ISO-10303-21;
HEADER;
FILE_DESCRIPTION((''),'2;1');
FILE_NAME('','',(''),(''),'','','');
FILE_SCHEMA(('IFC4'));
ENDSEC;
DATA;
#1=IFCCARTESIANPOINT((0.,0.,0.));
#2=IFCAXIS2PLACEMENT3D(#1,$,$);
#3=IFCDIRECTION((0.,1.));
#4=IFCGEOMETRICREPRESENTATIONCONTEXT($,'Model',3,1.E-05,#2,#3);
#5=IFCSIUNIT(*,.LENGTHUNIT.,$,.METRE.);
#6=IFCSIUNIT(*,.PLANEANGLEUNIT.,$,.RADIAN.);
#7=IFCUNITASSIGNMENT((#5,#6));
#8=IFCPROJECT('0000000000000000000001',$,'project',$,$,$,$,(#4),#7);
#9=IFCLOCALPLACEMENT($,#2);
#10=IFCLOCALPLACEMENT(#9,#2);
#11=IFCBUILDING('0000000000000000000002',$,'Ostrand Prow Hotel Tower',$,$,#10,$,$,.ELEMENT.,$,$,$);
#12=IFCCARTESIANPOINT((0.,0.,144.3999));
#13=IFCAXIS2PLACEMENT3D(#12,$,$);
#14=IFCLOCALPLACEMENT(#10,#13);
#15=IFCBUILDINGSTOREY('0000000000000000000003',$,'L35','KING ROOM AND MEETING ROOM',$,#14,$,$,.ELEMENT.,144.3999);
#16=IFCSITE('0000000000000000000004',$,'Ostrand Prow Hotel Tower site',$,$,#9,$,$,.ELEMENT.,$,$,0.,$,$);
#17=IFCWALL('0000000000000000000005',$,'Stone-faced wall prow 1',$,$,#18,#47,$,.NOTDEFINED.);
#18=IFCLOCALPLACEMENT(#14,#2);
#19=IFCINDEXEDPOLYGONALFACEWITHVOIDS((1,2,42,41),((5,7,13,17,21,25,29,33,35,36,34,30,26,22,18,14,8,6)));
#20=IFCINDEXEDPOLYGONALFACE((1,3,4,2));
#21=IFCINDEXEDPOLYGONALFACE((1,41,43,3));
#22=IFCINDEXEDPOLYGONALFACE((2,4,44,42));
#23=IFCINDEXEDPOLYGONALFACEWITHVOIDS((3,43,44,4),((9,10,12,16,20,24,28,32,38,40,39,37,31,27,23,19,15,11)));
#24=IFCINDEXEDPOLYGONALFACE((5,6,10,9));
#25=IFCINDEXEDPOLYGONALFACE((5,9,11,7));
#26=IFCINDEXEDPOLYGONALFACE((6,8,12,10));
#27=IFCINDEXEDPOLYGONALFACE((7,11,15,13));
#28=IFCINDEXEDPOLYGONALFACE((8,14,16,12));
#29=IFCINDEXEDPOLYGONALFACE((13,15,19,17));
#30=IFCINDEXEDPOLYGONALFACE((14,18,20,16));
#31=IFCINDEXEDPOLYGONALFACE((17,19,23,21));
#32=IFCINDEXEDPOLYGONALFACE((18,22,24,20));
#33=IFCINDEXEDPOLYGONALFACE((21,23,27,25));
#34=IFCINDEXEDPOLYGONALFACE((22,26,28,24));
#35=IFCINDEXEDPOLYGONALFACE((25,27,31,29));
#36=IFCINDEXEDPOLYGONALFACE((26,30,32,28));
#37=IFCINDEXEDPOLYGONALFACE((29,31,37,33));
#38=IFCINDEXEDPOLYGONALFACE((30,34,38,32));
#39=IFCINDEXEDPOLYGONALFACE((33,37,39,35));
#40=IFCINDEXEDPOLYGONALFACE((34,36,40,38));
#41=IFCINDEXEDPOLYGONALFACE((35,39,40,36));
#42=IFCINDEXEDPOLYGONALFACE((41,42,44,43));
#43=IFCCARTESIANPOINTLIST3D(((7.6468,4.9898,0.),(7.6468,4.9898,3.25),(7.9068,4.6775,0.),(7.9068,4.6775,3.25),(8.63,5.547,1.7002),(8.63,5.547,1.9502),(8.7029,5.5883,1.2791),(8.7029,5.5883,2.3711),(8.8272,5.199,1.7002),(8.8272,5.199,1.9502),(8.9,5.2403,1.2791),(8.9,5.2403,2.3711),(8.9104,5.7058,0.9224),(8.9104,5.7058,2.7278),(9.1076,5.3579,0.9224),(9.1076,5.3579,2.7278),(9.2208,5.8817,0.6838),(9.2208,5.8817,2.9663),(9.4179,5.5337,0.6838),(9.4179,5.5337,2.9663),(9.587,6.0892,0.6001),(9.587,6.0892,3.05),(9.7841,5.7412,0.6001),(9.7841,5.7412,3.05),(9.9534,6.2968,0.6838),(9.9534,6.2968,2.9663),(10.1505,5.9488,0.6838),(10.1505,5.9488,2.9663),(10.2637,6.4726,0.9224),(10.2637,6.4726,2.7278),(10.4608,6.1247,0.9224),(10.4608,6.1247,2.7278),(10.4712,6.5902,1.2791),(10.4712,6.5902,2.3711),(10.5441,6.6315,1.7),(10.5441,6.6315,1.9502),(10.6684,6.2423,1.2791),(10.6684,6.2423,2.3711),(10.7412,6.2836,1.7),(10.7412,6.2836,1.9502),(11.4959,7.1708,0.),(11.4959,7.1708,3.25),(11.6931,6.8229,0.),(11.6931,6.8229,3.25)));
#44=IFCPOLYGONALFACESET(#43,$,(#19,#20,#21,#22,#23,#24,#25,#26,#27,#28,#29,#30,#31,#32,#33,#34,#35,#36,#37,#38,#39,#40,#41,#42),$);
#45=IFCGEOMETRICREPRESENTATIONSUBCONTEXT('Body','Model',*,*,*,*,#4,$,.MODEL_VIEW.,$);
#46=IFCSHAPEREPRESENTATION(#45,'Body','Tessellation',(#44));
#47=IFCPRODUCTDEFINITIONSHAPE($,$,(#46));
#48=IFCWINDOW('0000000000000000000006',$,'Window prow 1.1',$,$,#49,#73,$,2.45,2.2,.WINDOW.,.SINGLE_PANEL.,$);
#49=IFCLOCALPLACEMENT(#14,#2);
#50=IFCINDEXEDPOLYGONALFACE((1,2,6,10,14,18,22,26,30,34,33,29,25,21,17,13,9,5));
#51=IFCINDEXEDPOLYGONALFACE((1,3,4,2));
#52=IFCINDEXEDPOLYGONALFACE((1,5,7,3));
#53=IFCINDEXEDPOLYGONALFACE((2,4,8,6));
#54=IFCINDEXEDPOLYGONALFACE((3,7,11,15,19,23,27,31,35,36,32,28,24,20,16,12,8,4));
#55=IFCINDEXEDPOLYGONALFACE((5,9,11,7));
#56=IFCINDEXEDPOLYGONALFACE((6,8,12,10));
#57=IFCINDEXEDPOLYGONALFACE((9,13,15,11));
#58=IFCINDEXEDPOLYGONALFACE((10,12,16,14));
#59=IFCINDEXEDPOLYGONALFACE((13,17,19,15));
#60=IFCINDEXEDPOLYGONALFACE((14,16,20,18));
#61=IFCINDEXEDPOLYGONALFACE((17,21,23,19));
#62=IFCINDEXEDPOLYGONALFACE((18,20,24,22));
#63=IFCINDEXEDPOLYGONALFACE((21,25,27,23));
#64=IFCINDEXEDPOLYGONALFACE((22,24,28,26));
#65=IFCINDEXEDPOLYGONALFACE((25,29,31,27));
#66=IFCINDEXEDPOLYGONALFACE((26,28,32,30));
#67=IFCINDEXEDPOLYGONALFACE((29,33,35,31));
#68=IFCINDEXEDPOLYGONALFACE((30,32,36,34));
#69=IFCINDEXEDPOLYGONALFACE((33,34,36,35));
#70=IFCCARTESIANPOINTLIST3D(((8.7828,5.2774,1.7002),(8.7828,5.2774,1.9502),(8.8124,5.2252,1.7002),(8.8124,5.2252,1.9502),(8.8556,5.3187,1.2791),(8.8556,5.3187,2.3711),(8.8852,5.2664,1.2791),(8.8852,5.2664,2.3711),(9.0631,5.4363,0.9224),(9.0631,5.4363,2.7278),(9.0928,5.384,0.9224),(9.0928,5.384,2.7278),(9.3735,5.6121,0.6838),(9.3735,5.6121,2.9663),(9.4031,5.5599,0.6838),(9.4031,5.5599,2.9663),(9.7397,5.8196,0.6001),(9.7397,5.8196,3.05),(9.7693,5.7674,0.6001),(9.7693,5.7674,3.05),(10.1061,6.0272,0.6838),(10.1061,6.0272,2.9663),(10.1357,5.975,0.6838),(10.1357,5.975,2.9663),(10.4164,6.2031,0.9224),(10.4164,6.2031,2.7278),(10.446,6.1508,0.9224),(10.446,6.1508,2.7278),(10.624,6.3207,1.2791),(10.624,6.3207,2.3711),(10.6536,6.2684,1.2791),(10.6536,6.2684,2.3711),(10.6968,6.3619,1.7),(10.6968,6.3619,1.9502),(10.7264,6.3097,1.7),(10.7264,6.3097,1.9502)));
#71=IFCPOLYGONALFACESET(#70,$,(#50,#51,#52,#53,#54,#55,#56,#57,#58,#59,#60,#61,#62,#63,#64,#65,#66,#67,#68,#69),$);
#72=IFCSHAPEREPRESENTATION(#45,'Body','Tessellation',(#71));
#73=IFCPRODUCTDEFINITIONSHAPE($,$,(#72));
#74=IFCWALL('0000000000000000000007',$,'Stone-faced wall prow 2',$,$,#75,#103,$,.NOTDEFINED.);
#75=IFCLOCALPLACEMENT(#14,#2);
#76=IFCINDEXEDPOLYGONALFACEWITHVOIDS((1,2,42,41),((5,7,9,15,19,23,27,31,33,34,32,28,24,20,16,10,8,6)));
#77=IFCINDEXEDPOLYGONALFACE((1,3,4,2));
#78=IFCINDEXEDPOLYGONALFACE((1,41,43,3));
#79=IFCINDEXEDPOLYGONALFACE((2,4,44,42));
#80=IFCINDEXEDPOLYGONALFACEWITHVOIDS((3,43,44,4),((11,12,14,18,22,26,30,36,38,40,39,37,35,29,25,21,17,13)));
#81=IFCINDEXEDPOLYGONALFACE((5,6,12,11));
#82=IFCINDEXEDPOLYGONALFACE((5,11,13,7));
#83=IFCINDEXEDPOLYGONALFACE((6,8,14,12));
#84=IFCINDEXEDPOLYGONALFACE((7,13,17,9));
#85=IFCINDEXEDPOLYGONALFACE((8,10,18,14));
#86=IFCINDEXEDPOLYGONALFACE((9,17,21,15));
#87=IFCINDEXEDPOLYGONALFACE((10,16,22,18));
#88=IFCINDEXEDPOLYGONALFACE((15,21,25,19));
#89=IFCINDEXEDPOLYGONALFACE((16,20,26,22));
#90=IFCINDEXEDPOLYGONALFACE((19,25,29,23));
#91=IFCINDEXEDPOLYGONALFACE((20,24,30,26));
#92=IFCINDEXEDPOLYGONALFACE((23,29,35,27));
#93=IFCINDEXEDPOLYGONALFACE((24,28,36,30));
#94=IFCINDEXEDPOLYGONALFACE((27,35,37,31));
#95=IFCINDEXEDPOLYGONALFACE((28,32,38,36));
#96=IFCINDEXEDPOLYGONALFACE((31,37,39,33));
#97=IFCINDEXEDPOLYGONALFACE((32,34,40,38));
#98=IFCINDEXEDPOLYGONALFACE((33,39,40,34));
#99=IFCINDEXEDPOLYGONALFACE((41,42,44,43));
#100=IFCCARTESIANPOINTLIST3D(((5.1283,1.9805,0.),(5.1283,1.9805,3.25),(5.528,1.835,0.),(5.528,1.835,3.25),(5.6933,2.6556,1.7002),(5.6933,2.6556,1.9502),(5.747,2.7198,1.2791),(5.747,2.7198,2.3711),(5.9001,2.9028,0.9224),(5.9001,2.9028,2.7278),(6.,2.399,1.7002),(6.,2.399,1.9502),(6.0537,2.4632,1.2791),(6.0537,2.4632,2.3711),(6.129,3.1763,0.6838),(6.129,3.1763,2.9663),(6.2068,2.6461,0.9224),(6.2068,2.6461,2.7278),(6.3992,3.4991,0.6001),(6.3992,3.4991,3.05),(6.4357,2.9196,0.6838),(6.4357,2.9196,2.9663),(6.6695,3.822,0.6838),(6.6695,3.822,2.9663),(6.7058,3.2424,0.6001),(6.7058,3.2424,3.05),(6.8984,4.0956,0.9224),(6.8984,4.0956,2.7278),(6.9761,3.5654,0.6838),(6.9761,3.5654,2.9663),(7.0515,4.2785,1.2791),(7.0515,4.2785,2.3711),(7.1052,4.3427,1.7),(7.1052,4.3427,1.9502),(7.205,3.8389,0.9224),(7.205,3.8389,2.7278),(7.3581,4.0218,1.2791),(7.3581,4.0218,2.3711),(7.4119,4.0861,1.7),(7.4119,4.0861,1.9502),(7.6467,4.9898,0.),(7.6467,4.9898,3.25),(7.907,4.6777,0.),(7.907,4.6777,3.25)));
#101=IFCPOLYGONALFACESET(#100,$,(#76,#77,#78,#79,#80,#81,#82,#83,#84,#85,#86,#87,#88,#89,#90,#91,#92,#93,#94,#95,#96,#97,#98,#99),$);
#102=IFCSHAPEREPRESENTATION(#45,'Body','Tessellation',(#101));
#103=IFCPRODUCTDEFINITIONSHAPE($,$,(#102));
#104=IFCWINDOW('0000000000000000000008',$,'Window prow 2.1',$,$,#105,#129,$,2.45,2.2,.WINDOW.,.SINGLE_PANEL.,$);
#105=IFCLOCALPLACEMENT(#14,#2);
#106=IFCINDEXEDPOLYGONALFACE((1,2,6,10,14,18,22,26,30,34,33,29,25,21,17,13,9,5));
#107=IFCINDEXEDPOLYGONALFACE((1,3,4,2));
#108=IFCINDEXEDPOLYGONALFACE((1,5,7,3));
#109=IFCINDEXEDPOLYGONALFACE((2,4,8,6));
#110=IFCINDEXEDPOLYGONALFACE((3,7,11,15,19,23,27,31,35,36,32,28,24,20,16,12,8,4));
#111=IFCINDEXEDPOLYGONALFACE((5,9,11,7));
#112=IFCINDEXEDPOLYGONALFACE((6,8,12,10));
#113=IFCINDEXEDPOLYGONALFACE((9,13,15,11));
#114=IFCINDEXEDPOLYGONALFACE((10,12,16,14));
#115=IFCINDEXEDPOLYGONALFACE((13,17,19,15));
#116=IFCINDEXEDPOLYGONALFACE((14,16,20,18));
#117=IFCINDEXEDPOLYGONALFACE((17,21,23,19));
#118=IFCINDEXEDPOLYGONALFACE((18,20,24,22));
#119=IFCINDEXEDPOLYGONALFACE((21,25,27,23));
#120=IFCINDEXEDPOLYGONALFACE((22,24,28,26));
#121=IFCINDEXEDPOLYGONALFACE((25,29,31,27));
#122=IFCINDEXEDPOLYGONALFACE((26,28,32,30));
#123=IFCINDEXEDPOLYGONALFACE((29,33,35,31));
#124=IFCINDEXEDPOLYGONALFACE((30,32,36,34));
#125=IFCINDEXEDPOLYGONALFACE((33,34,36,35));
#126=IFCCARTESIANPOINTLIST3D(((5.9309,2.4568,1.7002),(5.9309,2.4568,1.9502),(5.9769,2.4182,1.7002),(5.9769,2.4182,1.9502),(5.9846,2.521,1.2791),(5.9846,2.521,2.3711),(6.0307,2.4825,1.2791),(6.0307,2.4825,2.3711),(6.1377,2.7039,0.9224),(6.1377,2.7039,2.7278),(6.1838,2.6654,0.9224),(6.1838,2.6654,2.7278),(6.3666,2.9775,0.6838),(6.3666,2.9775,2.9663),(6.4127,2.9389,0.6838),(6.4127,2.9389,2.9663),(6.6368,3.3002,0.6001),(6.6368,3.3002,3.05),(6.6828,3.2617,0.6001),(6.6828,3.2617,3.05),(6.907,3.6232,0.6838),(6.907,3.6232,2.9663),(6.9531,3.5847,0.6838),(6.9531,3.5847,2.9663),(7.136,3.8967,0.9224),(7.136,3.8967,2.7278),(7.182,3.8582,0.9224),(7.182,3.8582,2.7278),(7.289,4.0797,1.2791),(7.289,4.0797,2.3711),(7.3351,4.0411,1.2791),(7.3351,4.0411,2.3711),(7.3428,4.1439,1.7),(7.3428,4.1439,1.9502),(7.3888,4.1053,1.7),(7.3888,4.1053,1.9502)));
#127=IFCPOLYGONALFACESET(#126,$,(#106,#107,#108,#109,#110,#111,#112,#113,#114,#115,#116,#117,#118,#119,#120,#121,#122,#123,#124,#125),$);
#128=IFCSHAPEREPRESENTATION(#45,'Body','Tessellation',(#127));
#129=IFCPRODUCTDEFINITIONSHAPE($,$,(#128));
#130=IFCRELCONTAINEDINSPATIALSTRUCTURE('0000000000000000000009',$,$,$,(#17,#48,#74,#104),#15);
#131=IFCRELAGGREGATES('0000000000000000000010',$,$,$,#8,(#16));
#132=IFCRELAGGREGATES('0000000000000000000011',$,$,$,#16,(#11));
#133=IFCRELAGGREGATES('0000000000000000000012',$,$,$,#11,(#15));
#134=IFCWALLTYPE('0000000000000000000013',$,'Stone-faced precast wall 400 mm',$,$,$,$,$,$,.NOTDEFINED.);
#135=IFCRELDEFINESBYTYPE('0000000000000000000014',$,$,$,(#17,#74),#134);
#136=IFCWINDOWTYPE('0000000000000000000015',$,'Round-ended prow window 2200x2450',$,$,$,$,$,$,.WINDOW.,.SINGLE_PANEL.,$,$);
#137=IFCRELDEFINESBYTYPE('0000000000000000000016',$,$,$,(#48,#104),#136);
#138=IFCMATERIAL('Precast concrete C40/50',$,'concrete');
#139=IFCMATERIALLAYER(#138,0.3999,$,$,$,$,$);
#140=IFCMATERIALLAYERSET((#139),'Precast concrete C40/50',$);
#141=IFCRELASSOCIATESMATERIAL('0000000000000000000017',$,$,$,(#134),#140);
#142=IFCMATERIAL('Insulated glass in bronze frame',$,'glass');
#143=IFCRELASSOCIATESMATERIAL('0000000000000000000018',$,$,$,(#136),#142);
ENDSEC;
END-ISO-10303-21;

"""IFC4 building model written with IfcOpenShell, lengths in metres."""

from ifc_helpers import new_model, si_unit, direction, frame, origin, place, context, subcontext, project, spatial, polyline, outline, extrude, material, layer, layer_set, type_object, element, fill, save


model = new_model("IFC4")

# Units and contexts
model_context = context("Model", 3, precision=1e-05, world=origin(), true_north=direction((0.0, 1.0)))
body_context = subcontext(model_context, "Body", "Model", "MODEL_VIEW")
ifc_project = project(units=[si_unit("LENGTHUNIT", "METRE"), si_unit("PLANEANGLEUNIT", "RADIAN")], contexts=[model_context])

# Site, building, storey
site_placement = place(None, origin())
site = spatial("IfcSite", under=ifc_project, at=site_placement, Name="Ostrand Prow Hotel Tower site", CompositionType="ELEMENT", RefElevation=0.0)
building_placement = place(site_placement, origin())
building = spatial("IfcBuilding", under=site, at=building_placement, Name="Ostrand Prow Hotel Tower", CompositionType="ELEMENT")
storey_placement = place(building_placement, frame((0.0, 0.0, 144.3999)))
storey = spatial("IfcBuildingStorey", under=building, at=storey_placement, Name="L35", Description="KING ROOM AND MEETING ROOM", CompositionType="ELEMENT", Elevation=144.3999)

# Walls, openings, windows
ifc_material_1 = material(Name="Precast concrete C40/50", Category="concrete")
ifc_layer_1 = layer(ifc_material_1, 0.3999)
ifc_layer_set_1 = layer_set([ifc_layer_1], Name="Precast concrete C40/50")
wall_type_1 = type_object("IfcWallType", Name="Stone-faced precast wall 400 mm", PredefinedType="NOTDEFINED", material=ifc_layer_set_1)
wall_1_placement = place(storey_placement, frame((11.5945, 6.9968, 0.0), z_axis=(0.0, 0.0, 1.0), x_axis=(-0.870045, -0.492972, 0.0)))
wall_1 = element("IfcWall", 1, at=wall_1_placement, inside=storey, type_object=wall_type_1, Name="Stone-faced wall prow 1", PredefinedType="NOTDEFINED", context=body_context, shape_type="SweptSolid", body=[
    extrude(outline(polyline([(0.0, -0.2), (4.4241, -0.2), (4.3518, 0.2), (0.0, 0.2), (0.0, -0.2)])), origin(), (0.0, 0.0, 1.0), 3.25),
])
opening_1_placement = place(wall_1_placement, frame((1.094, 0.0, 0.6001)))
opening_1 = element("IfcOpeningElement", 2, at=opening_1_placement, cuts=wall_1, PredefinedType="OPENING", context=body_context, shape_type="SweptSolid", body=[
    extrude(outline(polyline([(0.0, 1.3501), (0.0837, 1.771), (0.3223, 2.1277), (0.679, 2.3662), (1.1001, 2.45), (1.521, 2.3662), (1.8777, 2.1277), (2.1162, 1.771), (2.2, 1.3501), (2.2, 1.1001), (2.1162, 0.679), (1.8777, 0.3223), (1.521, 0.0837), (1.1001, 0.0), (0.679, 0.0837), (0.3223, 0.3223), (0.0837, 0.679), (0.0, 1.0999), (0.0, 1.3501)])), frame((0.0, 0.21, 0.0), z_axis=(0.0, -1.0, 0.0), x_axis=(1.0, 0.0, 0.0)), (0.0, 0.0, 1.0), 0.4199),
])
ifc_material_2 = material(Name="Insulated glass in bronze frame", Category="glass")
window_type = type_object("IfcWindowType", Name="Round-ended prow window 2200x2450", PartitioningType="SINGLE_PANEL", PredefinedType="WINDOW", material=ifc_material_2)
window_1_placement = place(opening_1_placement, origin())
window_1 = element("IfcWindow", 3, at=window_1_placement, inside=storey, type_object=window_type, Name="Window prow 1.1", OverallHeight=2.45, OverallWidth=2.2, PartitioningType="SINGLE_PANEL", PredefinedType="WINDOW", context=body_context, shape_type="SweptSolid", body=[
    extrude(outline(polyline([(0.0, 1.3501), (0.0837, 1.771), (0.3223, 2.1277), (0.679, 2.3662), (1.1001, 2.45), (1.521, 2.3662), (1.8777, 2.1277), (2.1162, 1.771), (2.2, 1.3501), (2.2, 1.1001), (2.1162, 0.679), (1.8777, 0.3223), (1.521, 0.0837), (1.1001, 0.0), (0.679, 0.0837), (0.3223, 0.3223), (0.0837, 0.679), (0.0, 1.0999), (0.0, 1.3501)])), frame((0.0, 0.1699, 0.0), z_axis=(0.0, -1.0, 0.0), x_axis=(1.0, 0.0, 0.0)), (0.0, 0.0, 1.0), 0.0601),
])
fill(opening_1, window_1)
wall_2_placement = place(storey_placement, frame((7.7769, 4.8337, 0.0), z_axis=(0.0, 0.0, 1.0), x_axis=(-0.641788, -0.766882, 0.0)))
wall_2 = element("IfcWall", 4, at=wall_2_placement, inside=storey, type_object=wall_type_1, Name="Stone-faced wall prow 2", PredefinedType="NOTDEFINED", context=body_context, shape_type="SweptSolid", body=[
    extrude(outline(polyline([(-0.0361, -0.2), (3.8879, -0.2), (3.7429, 0.2), (0.0361, 0.2), (-0.0361, -0.2)])), origin(), (0.0, 0.0, 1.0), 3.25),
])
opening_2_placement = place(wall_2_placement, frame((0.8076, 0.0, 0.6001)))
opening_2 = element("IfcOpeningElement", 5, at=opening_2_placement, cuts=wall_2, PredefinedType="OPENING", context=body_context, shape_type="SweptSolid", body=[
    extrude(outline(polyline([(0.0, 1.3501), (0.0837, 1.771), (0.3223, 2.1277), (0.679, 2.3662), (1.1001, 2.45), (1.521, 2.3662), (1.8777, 2.1277), (2.1162, 1.771), (2.2, 1.3501), (2.2, 1.1001), (2.1162, 0.679), (1.8777, 0.3223), (1.521, 0.0837), (1.1001, 0.0), (0.679, 0.0837), (0.3223, 0.3223), (0.0837, 0.679), (0.0, 1.0999), (0.0, 1.3501)])), frame((0.0, 0.21, 0.0), z_axis=(0.0, -1.0, 0.0), x_axis=(1.0, 0.0, 0.0)), (0.0, 0.0, 1.0), 0.4199),
])
window_2_placement = place(opening_2_placement, origin())
window_2 = element("IfcWindow", 6, at=window_2_placement, inside=storey, type_object=window_type, Name="Window prow 2.1", OverallHeight=2.45, OverallWidth=2.2, PartitioningType="SINGLE_PANEL", PredefinedType="WINDOW", context=body_context, shape_type="SweptSolid", body=[
    extrude(outline(polyline([(0.0, 1.3501), (0.0837, 1.771), (0.3223, 2.1277), (0.679, 2.3662), (1.1001, 2.45), (1.521, 2.3662), (1.8777, 2.1277), (2.1162, 1.771), (2.2, 1.3501), (2.2, 1.1001), (2.1162, 0.679), (1.8777, 0.3223), (1.521, 0.0837), (1.1001, 0.0), (0.679, 0.0837), (0.3223, 0.3223), (0.0837, 0.679), (0.0, 1.0999), (0.0, 1.3501)])), frame((0.0, 0.1699, 0.0), z_axis=(0.0, -1.0, 0.0), x_axis=(1.0, 0.0, 0.0)), (0.0, 0.0, 1.0), 0.0601),
])
fill(opening_2, window_2)

save(model, "model.ifc")
